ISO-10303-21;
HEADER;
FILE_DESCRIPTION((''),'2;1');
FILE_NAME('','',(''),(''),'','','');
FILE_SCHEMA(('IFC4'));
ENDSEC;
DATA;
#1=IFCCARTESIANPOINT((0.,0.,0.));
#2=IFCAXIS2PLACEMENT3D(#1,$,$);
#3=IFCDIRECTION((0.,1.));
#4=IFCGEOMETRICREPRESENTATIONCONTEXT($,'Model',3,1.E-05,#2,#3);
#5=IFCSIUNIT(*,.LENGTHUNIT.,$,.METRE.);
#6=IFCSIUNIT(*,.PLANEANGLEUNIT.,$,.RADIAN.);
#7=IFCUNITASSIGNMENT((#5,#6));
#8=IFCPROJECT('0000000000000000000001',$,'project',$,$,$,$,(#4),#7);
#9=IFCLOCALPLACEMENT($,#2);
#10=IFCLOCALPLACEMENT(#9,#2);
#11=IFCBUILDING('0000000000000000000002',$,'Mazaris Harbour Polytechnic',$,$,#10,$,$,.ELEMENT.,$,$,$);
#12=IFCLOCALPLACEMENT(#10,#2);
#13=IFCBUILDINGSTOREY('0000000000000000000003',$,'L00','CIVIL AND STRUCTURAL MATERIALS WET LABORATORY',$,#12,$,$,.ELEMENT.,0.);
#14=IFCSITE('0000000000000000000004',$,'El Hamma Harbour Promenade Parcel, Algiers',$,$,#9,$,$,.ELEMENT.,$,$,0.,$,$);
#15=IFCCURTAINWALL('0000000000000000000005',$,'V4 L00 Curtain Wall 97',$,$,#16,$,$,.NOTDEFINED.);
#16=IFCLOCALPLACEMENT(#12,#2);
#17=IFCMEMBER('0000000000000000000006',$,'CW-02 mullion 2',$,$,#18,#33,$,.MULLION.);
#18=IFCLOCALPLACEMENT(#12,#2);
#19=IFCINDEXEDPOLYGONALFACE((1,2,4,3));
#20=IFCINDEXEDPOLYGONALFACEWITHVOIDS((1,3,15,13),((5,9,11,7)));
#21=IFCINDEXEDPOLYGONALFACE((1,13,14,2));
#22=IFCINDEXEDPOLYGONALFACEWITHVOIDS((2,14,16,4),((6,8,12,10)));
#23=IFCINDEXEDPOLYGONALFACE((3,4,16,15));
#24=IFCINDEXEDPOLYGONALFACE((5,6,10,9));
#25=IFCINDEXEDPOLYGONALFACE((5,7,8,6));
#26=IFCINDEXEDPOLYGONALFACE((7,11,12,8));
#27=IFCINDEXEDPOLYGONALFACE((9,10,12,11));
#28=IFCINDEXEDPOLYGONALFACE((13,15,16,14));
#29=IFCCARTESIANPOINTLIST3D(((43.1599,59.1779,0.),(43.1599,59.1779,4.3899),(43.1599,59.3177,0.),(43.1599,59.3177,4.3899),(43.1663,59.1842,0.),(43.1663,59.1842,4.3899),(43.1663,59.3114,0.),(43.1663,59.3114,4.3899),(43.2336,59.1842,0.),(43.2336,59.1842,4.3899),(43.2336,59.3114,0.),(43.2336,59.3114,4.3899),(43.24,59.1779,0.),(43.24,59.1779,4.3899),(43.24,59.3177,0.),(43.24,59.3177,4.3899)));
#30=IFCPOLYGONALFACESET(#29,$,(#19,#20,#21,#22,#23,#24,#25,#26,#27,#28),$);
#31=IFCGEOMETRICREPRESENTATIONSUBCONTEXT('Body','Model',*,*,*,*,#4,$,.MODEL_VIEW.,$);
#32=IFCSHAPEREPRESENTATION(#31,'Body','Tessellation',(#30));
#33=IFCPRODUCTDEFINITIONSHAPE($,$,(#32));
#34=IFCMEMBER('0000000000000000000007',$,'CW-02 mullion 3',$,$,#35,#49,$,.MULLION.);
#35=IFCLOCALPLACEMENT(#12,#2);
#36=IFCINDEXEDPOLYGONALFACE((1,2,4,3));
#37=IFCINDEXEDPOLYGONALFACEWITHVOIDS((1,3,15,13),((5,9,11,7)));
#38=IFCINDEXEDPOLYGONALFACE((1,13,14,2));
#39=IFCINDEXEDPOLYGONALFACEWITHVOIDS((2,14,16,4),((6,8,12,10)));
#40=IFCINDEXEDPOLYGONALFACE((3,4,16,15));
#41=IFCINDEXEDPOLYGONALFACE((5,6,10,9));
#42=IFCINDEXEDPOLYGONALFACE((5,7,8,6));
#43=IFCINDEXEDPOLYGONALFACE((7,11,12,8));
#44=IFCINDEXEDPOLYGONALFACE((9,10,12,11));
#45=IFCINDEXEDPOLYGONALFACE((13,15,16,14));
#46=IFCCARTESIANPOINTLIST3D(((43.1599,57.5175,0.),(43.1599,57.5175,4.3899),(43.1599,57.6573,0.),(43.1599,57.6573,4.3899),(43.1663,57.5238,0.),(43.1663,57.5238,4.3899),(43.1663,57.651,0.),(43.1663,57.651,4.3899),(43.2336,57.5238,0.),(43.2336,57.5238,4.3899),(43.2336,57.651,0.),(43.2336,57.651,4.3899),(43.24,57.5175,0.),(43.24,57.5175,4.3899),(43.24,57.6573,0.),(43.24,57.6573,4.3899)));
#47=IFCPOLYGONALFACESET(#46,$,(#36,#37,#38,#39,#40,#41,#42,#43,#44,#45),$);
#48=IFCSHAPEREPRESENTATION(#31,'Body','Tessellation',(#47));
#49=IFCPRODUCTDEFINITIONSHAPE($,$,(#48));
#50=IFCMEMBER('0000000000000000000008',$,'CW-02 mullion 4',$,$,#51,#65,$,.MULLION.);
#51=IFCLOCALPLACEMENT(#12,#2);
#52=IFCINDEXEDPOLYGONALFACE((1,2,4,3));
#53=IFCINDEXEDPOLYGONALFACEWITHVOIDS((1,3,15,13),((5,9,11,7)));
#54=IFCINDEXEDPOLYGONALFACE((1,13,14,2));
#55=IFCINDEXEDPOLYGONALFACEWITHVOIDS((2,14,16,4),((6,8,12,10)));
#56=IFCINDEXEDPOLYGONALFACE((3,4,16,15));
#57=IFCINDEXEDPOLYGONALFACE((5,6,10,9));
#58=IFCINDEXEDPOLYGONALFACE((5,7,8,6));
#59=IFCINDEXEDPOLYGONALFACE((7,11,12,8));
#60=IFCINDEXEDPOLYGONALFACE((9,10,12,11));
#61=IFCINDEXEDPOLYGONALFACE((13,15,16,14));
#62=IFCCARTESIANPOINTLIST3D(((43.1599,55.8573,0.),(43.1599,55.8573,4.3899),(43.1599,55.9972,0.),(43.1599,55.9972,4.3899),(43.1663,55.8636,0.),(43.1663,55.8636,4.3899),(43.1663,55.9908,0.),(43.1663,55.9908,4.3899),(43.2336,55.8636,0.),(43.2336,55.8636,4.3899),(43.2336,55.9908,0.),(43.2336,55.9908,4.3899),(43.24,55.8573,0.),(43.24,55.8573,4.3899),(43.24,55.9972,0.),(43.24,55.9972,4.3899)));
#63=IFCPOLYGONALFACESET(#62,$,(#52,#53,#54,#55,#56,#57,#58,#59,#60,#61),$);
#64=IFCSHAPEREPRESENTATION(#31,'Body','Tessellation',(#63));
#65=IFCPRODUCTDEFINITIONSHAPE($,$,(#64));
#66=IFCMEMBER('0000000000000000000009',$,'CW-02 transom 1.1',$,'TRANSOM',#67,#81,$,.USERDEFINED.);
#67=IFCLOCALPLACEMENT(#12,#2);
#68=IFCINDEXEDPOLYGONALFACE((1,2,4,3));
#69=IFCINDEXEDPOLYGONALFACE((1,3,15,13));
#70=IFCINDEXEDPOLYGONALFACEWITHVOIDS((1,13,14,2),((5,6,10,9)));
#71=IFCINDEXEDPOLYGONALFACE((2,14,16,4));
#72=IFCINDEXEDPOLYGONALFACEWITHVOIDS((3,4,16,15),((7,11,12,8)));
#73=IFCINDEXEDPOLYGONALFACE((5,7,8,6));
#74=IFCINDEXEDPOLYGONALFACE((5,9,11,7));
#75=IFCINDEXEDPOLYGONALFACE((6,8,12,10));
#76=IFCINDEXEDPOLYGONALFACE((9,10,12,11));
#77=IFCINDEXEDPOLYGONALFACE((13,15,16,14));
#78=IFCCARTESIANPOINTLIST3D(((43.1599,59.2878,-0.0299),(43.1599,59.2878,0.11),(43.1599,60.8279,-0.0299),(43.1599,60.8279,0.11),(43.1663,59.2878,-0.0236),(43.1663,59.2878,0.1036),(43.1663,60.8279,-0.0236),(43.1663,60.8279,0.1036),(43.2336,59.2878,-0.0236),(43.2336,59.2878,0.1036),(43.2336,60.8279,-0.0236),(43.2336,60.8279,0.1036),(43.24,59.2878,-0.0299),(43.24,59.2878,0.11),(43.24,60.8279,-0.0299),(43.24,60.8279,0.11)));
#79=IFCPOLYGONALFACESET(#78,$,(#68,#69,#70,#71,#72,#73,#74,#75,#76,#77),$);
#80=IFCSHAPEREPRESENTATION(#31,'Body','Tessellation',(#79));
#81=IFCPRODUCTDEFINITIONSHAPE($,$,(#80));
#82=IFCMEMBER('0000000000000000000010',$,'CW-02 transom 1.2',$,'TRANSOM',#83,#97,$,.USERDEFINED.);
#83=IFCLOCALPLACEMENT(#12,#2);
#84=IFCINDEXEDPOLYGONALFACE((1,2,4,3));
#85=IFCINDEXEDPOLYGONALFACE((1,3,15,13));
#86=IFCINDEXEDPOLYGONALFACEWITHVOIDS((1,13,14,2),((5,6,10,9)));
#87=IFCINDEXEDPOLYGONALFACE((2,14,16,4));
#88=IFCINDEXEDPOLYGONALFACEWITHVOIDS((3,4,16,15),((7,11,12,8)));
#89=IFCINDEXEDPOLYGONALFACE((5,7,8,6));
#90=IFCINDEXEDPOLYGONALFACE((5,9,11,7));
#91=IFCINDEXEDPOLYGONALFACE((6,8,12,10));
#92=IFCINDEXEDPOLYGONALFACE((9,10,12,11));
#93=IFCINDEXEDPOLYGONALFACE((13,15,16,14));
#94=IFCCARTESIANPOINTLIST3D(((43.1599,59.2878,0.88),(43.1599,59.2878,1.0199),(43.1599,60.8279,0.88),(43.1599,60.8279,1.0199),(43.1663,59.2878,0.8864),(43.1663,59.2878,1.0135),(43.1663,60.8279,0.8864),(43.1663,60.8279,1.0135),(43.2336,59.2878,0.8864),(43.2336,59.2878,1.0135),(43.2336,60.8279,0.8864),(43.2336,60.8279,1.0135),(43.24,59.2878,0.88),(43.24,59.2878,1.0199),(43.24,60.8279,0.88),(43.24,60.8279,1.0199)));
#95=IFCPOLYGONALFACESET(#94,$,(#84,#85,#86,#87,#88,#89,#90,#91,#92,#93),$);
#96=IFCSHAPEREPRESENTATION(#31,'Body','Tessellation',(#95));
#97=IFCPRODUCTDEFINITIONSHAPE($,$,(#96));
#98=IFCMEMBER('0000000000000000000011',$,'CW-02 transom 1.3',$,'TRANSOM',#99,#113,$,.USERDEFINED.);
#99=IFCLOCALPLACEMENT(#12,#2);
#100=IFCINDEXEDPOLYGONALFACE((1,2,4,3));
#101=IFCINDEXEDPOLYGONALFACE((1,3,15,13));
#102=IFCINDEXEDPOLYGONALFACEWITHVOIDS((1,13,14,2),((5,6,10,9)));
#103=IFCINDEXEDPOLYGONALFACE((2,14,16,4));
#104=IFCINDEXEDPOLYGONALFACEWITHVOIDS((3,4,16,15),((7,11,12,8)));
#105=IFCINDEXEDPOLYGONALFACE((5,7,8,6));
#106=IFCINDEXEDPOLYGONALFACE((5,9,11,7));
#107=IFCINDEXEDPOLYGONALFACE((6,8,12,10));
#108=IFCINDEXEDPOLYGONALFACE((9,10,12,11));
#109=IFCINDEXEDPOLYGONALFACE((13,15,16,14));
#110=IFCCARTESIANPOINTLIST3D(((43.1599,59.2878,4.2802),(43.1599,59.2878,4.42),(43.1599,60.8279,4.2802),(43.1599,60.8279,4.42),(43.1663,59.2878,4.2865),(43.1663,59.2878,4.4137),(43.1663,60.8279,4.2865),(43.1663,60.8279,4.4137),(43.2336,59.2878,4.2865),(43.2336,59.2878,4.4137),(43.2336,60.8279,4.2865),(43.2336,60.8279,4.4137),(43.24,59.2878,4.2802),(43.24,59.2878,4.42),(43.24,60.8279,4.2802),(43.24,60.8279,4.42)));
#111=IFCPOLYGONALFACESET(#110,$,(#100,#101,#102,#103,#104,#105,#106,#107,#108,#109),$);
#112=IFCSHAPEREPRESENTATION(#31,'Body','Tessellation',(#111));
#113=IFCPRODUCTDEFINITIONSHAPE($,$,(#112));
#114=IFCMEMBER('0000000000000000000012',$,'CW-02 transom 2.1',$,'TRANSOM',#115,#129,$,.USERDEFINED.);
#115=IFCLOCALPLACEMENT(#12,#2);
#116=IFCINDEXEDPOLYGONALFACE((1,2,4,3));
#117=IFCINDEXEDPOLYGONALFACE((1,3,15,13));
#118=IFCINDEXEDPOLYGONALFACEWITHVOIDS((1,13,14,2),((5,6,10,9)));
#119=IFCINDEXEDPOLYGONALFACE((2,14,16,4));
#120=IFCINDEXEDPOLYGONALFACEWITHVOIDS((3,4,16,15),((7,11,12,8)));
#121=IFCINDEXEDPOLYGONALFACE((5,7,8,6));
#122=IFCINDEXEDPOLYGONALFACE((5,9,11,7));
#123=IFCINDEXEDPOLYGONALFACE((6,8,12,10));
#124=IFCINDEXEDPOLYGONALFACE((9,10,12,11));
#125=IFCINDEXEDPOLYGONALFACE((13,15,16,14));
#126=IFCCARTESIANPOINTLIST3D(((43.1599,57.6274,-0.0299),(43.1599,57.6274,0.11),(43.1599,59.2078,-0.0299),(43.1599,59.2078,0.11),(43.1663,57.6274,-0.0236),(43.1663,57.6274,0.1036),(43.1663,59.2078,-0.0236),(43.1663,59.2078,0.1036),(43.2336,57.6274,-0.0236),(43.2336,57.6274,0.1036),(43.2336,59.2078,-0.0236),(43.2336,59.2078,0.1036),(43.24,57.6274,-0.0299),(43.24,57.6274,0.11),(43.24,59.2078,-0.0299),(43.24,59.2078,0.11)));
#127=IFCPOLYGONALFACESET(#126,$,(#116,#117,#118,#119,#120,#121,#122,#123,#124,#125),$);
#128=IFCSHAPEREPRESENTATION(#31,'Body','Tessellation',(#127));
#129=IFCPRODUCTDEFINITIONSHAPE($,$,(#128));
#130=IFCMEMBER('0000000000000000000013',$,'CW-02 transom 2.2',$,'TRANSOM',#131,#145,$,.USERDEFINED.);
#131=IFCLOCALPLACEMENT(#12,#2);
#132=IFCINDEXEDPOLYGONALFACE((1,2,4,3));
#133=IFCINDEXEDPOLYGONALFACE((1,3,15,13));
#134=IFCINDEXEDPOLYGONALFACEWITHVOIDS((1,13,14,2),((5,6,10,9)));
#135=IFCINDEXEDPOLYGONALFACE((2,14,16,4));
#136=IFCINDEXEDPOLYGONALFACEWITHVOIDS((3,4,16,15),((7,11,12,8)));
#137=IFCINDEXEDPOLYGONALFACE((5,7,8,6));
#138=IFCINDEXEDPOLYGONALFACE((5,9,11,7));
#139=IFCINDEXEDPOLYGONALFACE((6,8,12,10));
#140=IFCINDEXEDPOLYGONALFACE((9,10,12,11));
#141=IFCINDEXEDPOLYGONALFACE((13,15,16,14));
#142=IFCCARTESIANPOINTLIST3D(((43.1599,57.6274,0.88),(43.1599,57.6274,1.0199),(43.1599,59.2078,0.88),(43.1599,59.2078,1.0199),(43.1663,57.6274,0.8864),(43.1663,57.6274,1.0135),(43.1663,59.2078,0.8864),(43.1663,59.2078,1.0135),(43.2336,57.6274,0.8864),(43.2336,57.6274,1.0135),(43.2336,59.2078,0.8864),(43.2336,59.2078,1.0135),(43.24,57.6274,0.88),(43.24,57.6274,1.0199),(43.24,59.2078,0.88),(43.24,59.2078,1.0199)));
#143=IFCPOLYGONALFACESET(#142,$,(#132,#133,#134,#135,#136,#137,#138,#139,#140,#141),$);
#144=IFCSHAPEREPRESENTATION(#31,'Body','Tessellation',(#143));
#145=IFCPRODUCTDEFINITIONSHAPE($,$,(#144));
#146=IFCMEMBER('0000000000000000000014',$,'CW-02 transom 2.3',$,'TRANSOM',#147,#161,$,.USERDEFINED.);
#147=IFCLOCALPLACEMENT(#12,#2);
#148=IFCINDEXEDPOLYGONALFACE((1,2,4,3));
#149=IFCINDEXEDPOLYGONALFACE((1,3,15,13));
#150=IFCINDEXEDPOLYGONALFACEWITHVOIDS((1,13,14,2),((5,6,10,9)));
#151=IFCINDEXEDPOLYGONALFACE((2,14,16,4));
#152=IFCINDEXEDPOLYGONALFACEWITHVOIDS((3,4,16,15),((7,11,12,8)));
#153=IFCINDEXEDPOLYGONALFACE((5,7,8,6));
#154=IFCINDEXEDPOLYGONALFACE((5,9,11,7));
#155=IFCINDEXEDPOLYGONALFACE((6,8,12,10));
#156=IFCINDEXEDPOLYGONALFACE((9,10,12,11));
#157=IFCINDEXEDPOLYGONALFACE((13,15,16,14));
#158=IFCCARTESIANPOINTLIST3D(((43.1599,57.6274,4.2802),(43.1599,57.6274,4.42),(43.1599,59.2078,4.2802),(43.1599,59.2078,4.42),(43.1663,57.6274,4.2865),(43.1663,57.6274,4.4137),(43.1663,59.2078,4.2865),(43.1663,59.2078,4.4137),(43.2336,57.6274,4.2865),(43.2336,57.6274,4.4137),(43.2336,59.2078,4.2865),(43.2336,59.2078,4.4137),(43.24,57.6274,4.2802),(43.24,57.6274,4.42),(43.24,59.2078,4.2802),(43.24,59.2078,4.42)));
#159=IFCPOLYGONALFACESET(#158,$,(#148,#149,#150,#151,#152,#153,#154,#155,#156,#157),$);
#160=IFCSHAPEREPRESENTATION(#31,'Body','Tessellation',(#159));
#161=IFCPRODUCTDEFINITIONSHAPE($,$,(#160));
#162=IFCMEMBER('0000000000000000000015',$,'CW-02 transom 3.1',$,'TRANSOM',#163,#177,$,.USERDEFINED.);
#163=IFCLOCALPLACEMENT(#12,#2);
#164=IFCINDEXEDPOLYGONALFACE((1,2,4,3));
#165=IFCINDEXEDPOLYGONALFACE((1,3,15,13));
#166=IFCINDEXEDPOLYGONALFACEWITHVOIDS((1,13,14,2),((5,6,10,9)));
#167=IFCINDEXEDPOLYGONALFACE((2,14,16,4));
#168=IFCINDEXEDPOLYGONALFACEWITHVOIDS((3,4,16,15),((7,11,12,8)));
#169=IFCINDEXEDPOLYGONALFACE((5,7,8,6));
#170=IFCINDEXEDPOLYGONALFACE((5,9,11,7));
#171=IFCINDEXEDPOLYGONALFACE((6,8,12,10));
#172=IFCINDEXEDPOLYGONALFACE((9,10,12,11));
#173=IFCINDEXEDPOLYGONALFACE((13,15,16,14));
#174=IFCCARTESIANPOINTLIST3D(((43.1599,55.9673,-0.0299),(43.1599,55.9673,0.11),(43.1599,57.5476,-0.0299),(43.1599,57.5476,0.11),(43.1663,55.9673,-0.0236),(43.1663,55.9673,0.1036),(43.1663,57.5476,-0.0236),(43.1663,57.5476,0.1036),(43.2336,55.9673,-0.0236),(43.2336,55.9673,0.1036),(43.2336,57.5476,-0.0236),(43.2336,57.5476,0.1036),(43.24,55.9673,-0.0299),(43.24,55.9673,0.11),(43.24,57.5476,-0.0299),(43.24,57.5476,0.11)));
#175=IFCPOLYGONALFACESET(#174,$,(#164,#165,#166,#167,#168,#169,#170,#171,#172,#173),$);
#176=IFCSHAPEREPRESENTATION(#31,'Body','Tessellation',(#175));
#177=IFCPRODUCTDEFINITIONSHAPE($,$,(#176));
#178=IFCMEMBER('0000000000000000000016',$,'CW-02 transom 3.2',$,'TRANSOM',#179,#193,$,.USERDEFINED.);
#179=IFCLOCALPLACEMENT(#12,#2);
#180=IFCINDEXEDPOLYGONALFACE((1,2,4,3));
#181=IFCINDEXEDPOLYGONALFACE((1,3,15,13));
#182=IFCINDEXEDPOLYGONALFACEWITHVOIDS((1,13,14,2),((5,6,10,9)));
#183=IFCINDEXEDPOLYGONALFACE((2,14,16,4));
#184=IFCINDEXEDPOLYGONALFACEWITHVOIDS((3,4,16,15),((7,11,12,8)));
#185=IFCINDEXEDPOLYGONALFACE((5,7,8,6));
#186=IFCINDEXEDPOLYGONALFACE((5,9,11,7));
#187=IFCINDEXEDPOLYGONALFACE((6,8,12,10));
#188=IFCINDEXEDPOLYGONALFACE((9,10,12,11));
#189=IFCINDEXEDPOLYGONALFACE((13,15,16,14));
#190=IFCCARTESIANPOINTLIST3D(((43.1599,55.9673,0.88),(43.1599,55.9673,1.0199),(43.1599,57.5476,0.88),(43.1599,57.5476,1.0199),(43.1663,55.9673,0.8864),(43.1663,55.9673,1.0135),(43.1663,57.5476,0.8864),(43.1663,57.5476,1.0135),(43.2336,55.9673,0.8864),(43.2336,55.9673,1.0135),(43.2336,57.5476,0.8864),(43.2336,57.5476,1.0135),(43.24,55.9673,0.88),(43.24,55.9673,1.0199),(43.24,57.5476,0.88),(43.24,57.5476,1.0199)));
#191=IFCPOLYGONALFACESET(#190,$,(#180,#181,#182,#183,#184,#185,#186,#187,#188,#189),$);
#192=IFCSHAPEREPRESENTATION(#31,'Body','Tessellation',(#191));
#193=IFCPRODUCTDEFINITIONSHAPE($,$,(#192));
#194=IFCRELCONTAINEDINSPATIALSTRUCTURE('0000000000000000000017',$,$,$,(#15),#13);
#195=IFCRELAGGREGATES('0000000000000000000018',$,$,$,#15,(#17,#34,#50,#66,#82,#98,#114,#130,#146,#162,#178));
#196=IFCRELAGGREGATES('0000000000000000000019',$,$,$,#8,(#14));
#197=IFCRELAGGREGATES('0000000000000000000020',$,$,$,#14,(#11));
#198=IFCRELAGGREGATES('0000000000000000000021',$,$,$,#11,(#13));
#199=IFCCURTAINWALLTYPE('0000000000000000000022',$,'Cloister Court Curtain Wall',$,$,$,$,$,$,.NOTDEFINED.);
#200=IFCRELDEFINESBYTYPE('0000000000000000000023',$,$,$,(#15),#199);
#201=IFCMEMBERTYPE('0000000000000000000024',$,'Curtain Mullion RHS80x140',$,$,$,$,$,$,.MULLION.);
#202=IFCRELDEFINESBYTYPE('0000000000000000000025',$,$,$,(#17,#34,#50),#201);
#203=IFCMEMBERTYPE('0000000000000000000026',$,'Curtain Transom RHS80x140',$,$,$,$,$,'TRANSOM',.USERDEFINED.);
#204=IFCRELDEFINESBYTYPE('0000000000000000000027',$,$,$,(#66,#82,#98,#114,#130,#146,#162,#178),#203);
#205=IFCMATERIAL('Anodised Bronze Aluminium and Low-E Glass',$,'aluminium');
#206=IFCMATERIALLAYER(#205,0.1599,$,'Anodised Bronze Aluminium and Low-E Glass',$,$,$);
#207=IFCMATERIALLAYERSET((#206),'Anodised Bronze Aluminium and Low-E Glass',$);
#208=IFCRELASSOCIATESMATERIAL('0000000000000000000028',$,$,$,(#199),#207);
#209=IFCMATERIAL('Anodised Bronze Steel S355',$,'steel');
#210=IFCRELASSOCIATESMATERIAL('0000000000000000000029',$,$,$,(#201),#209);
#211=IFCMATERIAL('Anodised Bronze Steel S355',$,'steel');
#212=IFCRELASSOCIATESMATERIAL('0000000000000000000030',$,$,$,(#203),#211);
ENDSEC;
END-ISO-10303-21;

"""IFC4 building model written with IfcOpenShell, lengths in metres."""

from ifc_helpers import new_model, si_unit, direction, frame, origin, origin_2d, place, context, subcontext, project, spatial, hollow_rectangle, extrude, material, layer, layer_set, material_profile, profile_set, type_object, element, aggregate, save


model = new_model("IFC4")

# Units and contexts
model_context = context("Model", 3, precision=1e-05, world=origin(), true_north=direction((0.0, 1.0)))
body_context = subcontext(model_context, "Body", "Model", "MODEL_VIEW")
ifc_project = project(units=[si_unit("LENGTHUNIT", "METRE"), si_unit("PLANEANGLEUNIT", "RADIAN")], contexts=[model_context])

# Site, building, storey
site_placement = place(None, origin())
site = spatial("IfcSite", under=ifc_project, at=site_placement, Name="El Hamma Harbour Promenade Parcel, Algiers", CompositionType="ELEMENT", RefElevation=0.0)
building_placement = place(site_placement, origin())
building = spatial("IfcBuilding", under=site, at=building_placement, Name="Mazaris Harbour Polytechnic", CompositionType="ELEMENT")
storey_placement = place(building_placement, origin())
storey = spatial("IfcBuildingStorey", under=building, at=storey_placement, Name="L00", Description="CIVIL AND STRUCTURAL MATERIALS WET LABORATORY", CompositionType="ELEMENT", Elevation=0.0)

# Curtain wall, members
ifc_material_1 = material(Name="Anodised Bronze Aluminium and Low-E Glass", Category="aluminium")
ifc_layer_1 = layer(ifc_material_1, 0.1599, Name="Anodised Bronze Aluminium and Low-E Glass")
ifc_layer_set_1 = layer_set([ifc_layer_1], Name="Anodised Bronze Aluminium and Low-E Glass")
curtain_wall_type = type_object("IfcCurtainWallType", Name="Cloister Court Curtain Wall", PredefinedType="NOTDEFINED", material=ifc_layer_set_1)
curtain_wall_placement = place(storey_placement, origin())
curtain_wall = element("IfcCurtainWall", 1, at=curtain_wall_placement, inside=storey, type_object=curtain_wall_type, Name="V4 L00 Curtain Wall 97", PredefinedType="NOTDEFINED")
ifc_material_2 = material(Name="Anodised Bronze Steel S355", Category="steel")
ifc_material_profile_1 = material_profile(ifc_material_2, hollow_rectangle(XDim=0.0801, YDim=0.1399, WallThickness=0.0063, at=origin_2d()), Name="RHS 80x140x6.3")
ifc_profile_set_1 = profile_set([ifc_material_profile_1], Name="Anodised Bronze Steel S355")
member_type_1 = type_object("IfcMemberType", Name="Curtain Mullion RHS80x140", PredefinedType="MULLION", material=ifc_profile_set_1)
member_1_placement = place(storey_placement, frame((43.2, 59.2478, 0.0), z_axis=(0.0, 0.0, 1.0), x_axis=(1.0, 0.0, 0.0)))
member_1 = element("IfcMember", 2, at=member_1_placement, type_object=member_type_1, Name="CW-02 mullion 2", PredefinedType="MULLION", context=body_context, shape_type="SweptSolid", body=[
    extrude(hollow_rectangle(XDim=0.0801, YDim=0.1399, WallThickness=0.0063, at=origin_2d()), origin(), (0.0, 0.0, 1.0), 4.3899),
])
member_2_placement = place(storey_placement, frame((43.2, 57.5874, 0.0), z_axis=(0.0, 0.0, 1.0), x_axis=(1.0, 0.0, 0.0)))
member_2 = element("IfcMember", 3, at=member_2_placement, type_object=member_type_1, Name="CW-02 mullion 3", PredefinedType="MULLION", context=body_context, shape_type="SweptSolid", body=[
    extrude(hollow_rectangle(XDim=0.0801, YDim=0.1399, WallThickness=0.0063, at=origin_2d()), origin(), (0.0, 0.0, 1.0), 4.3899),
])
member_3_placement = place(storey_placement, frame((43.2, 55.9272, 0.0), z_axis=(0.0, 0.0, 1.0), x_axis=(1.0, 0.0, 0.0)))
member_3 = element("IfcMember", 4, at=member_3_placement, type_object=member_type_1, Name="CW-02 mullion 4", PredefinedType="MULLION", context=body_context, shape_type="SweptSolid", body=[
    extrude(hollow_rectangle(XDim=0.0801, YDim=0.1399, WallThickness=0.0063, at=origin_2d()), origin(), (0.0, 0.0, 1.0), 4.3899),
])
ifc_material_3 = material(Name="Anodised Bronze Steel S355", Category="steel")
ifc_material_profile_2 = material_profile(ifc_material_3, hollow_rectangle(XDim=0.0801, YDim=0.1399, WallThickness=0.0063, at=origin_2d()), Name="RHS 80x140x6.3")
ifc_profile_set_2 = profile_set([ifc_material_profile_2], Name="Anodised Bronze Steel S355")
member_type_2 = type_object("IfcMemberType", Name="Curtain Transom RHS80x140", ElementType="TRANSOM", PredefinedType="USERDEFINED", material=ifc_profile_set_2)
member_4_placement = place(storey_placement, frame((43.2, 60.8279, 0.04), z_axis=(0.0, -1.0, 0.0), x_axis=(1.0, 0.0, 0.0)))
member_4 = element("IfcMember", 5, at=member_4_placement, type_object=member_type_2, Name="CW-02 transom 1.1", ObjectType="TRANSOM", PredefinedType="USERDEFINED", context=body_context, shape_type="SweptSolid", body=[
    extrude(hollow_rectangle(XDim=0.0801, YDim=0.1399, WallThickness=0.0063, at=origin_2d()), origin(), (0.0, 0.0, 1.0), 1.54),
])
member_5_placement = place(storey_placement, frame((43.2, 60.8279, 0.95), z_axis=(0.0, -1.0, 0.0), x_axis=(1.0, 0.0, 0.0)))
member_5 = element("IfcMember", 6, at=member_5_placement, type_object=member_type_2, Name="CW-02 transom 1.2", ObjectType="TRANSOM", PredefinedType="USERDEFINED", context=body_context, shape_type="SweptSolid", body=[
    extrude(hollow_rectangle(XDim=0.0801, YDim=0.1399, WallThickness=0.0063, at=origin_2d()), origin(), (0.0, 0.0, 1.0), 1.54),
])
member_6_placement = place(storey_placement, frame((43.2, 60.8279, 4.3501), z_axis=(0.0, -1.0, 0.0), x_axis=(1.0, 0.0, 0.0)))
member_6 = element("IfcMember", 7, at=member_6_placement, type_object=member_type_2, Name="CW-02 transom 1.3", ObjectType="TRANSOM", PredefinedType="USERDEFINED", context=body_context, shape_type="SweptSolid", body=[
    extrude(hollow_rectangle(XDim=0.0801, YDim=0.1399, WallThickness=0.0063, at=origin_2d()), origin(), (0.0, 0.0, 1.0), 1.54),
])
member_7_placement = place(storey_placement, frame((43.2, 59.2078, 0.04), z_axis=(0.0, -1.0, 0.0), x_axis=(1.0, 0.0, 0.0)))
member_7 = element("IfcMember", 8, at=member_7_placement, type_object=member_type_2, Name="CW-02 transom 2.1", ObjectType="TRANSOM", PredefinedType="USERDEFINED", context=body_context, shape_type="SweptSolid", body=[
    extrude(hollow_rectangle(XDim=0.0801, YDim=0.1399, WallThickness=0.0063, at=origin_2d()), origin(), (0.0, 0.0, 1.0), 1.5803),
])
member_8_placement = place(storey_placement, frame((43.2, 59.2078, 0.95), z_axis=(0.0, -1.0, 0.0), x_axis=(1.0, 0.0, 0.0)))
member_8 = element("IfcMember", 9, at=member_8_placement, type_object=member_type_2, Name="CW-02 transom 2.2", ObjectType="TRANSOM", PredefinedType="USERDEFINED", context=body_context, shape_type="SweptSolid", body=[
    extrude(hollow_rectangle(XDim=0.0801, YDim=0.1399, WallThickness=0.0063, at=origin_2d()), origin(), (0.0, 0.0, 1.0), 1.5803),
])
member_9_placement = place(storey_placement, frame((43.2, 59.2078, 4.3501), z_axis=(0.0, -1.0, 0.0), x_axis=(1.0, 0.0, 0.0)))
member_9 = element("IfcMember", 10, at=member_9_placement, type_object=member_type_2, Name="CW-02 transom 2.3", ObjectType="TRANSOM", PredefinedType="USERDEFINED", context=body_context, shape_type="SweptSolid", body=[
    extrude(hollow_rectangle(XDim=0.0801, YDim=0.1399, WallThickness=0.0063, at=origin_2d()), origin(), (0.0, 0.0, 1.0), 1.5803),
])
member_10_placement = place(storey_placement, frame((43.2, 57.5476, 0.04), z_axis=(0.0, -1.0, 0.0), x_axis=(1.0, 0.0, 0.0)))
member_10 = element("IfcMember", 11, at=member_10_placement, type_object=member_type_2, Name="CW-02 transom 3.1", ObjectType="TRANSOM", PredefinedType="USERDEFINED", context=body_context, shape_type="SweptSolid", body=[
    extrude(hollow_rectangle(XDim=0.0801, YDim=0.1399, WallThickness=0.0063, at=origin_2d()), origin(), (0.0, 0.0, 1.0), 1.5803),
])
member_11_placement = place(storey_placement, frame((43.2, 57.5476, 0.95), z_axis=(0.0, -1.0, 0.0), x_axis=(1.0, 0.0, 0.0)))
member_11 = element("IfcMember", 12, at=member_11_placement, type_object=member_type_2, Name="CW-02 transom 3.2", ObjectType="TRANSOM", PredefinedType="USERDEFINED", context=body_context, shape_type="SweptSolid", body=[
    extrude(hollow_rectangle(XDim=0.0801, YDim=0.1399, WallThickness=0.0063, at=origin_2d()), origin(), (0.0, 0.0, 1.0), 1.5803),
])
aggregate(curtain_wall, [member_1, member_2, member_3, member_4, member_5, member_6, member_7, member_8, member_9, member_10, member_11])

save(model, "model.ifc")
